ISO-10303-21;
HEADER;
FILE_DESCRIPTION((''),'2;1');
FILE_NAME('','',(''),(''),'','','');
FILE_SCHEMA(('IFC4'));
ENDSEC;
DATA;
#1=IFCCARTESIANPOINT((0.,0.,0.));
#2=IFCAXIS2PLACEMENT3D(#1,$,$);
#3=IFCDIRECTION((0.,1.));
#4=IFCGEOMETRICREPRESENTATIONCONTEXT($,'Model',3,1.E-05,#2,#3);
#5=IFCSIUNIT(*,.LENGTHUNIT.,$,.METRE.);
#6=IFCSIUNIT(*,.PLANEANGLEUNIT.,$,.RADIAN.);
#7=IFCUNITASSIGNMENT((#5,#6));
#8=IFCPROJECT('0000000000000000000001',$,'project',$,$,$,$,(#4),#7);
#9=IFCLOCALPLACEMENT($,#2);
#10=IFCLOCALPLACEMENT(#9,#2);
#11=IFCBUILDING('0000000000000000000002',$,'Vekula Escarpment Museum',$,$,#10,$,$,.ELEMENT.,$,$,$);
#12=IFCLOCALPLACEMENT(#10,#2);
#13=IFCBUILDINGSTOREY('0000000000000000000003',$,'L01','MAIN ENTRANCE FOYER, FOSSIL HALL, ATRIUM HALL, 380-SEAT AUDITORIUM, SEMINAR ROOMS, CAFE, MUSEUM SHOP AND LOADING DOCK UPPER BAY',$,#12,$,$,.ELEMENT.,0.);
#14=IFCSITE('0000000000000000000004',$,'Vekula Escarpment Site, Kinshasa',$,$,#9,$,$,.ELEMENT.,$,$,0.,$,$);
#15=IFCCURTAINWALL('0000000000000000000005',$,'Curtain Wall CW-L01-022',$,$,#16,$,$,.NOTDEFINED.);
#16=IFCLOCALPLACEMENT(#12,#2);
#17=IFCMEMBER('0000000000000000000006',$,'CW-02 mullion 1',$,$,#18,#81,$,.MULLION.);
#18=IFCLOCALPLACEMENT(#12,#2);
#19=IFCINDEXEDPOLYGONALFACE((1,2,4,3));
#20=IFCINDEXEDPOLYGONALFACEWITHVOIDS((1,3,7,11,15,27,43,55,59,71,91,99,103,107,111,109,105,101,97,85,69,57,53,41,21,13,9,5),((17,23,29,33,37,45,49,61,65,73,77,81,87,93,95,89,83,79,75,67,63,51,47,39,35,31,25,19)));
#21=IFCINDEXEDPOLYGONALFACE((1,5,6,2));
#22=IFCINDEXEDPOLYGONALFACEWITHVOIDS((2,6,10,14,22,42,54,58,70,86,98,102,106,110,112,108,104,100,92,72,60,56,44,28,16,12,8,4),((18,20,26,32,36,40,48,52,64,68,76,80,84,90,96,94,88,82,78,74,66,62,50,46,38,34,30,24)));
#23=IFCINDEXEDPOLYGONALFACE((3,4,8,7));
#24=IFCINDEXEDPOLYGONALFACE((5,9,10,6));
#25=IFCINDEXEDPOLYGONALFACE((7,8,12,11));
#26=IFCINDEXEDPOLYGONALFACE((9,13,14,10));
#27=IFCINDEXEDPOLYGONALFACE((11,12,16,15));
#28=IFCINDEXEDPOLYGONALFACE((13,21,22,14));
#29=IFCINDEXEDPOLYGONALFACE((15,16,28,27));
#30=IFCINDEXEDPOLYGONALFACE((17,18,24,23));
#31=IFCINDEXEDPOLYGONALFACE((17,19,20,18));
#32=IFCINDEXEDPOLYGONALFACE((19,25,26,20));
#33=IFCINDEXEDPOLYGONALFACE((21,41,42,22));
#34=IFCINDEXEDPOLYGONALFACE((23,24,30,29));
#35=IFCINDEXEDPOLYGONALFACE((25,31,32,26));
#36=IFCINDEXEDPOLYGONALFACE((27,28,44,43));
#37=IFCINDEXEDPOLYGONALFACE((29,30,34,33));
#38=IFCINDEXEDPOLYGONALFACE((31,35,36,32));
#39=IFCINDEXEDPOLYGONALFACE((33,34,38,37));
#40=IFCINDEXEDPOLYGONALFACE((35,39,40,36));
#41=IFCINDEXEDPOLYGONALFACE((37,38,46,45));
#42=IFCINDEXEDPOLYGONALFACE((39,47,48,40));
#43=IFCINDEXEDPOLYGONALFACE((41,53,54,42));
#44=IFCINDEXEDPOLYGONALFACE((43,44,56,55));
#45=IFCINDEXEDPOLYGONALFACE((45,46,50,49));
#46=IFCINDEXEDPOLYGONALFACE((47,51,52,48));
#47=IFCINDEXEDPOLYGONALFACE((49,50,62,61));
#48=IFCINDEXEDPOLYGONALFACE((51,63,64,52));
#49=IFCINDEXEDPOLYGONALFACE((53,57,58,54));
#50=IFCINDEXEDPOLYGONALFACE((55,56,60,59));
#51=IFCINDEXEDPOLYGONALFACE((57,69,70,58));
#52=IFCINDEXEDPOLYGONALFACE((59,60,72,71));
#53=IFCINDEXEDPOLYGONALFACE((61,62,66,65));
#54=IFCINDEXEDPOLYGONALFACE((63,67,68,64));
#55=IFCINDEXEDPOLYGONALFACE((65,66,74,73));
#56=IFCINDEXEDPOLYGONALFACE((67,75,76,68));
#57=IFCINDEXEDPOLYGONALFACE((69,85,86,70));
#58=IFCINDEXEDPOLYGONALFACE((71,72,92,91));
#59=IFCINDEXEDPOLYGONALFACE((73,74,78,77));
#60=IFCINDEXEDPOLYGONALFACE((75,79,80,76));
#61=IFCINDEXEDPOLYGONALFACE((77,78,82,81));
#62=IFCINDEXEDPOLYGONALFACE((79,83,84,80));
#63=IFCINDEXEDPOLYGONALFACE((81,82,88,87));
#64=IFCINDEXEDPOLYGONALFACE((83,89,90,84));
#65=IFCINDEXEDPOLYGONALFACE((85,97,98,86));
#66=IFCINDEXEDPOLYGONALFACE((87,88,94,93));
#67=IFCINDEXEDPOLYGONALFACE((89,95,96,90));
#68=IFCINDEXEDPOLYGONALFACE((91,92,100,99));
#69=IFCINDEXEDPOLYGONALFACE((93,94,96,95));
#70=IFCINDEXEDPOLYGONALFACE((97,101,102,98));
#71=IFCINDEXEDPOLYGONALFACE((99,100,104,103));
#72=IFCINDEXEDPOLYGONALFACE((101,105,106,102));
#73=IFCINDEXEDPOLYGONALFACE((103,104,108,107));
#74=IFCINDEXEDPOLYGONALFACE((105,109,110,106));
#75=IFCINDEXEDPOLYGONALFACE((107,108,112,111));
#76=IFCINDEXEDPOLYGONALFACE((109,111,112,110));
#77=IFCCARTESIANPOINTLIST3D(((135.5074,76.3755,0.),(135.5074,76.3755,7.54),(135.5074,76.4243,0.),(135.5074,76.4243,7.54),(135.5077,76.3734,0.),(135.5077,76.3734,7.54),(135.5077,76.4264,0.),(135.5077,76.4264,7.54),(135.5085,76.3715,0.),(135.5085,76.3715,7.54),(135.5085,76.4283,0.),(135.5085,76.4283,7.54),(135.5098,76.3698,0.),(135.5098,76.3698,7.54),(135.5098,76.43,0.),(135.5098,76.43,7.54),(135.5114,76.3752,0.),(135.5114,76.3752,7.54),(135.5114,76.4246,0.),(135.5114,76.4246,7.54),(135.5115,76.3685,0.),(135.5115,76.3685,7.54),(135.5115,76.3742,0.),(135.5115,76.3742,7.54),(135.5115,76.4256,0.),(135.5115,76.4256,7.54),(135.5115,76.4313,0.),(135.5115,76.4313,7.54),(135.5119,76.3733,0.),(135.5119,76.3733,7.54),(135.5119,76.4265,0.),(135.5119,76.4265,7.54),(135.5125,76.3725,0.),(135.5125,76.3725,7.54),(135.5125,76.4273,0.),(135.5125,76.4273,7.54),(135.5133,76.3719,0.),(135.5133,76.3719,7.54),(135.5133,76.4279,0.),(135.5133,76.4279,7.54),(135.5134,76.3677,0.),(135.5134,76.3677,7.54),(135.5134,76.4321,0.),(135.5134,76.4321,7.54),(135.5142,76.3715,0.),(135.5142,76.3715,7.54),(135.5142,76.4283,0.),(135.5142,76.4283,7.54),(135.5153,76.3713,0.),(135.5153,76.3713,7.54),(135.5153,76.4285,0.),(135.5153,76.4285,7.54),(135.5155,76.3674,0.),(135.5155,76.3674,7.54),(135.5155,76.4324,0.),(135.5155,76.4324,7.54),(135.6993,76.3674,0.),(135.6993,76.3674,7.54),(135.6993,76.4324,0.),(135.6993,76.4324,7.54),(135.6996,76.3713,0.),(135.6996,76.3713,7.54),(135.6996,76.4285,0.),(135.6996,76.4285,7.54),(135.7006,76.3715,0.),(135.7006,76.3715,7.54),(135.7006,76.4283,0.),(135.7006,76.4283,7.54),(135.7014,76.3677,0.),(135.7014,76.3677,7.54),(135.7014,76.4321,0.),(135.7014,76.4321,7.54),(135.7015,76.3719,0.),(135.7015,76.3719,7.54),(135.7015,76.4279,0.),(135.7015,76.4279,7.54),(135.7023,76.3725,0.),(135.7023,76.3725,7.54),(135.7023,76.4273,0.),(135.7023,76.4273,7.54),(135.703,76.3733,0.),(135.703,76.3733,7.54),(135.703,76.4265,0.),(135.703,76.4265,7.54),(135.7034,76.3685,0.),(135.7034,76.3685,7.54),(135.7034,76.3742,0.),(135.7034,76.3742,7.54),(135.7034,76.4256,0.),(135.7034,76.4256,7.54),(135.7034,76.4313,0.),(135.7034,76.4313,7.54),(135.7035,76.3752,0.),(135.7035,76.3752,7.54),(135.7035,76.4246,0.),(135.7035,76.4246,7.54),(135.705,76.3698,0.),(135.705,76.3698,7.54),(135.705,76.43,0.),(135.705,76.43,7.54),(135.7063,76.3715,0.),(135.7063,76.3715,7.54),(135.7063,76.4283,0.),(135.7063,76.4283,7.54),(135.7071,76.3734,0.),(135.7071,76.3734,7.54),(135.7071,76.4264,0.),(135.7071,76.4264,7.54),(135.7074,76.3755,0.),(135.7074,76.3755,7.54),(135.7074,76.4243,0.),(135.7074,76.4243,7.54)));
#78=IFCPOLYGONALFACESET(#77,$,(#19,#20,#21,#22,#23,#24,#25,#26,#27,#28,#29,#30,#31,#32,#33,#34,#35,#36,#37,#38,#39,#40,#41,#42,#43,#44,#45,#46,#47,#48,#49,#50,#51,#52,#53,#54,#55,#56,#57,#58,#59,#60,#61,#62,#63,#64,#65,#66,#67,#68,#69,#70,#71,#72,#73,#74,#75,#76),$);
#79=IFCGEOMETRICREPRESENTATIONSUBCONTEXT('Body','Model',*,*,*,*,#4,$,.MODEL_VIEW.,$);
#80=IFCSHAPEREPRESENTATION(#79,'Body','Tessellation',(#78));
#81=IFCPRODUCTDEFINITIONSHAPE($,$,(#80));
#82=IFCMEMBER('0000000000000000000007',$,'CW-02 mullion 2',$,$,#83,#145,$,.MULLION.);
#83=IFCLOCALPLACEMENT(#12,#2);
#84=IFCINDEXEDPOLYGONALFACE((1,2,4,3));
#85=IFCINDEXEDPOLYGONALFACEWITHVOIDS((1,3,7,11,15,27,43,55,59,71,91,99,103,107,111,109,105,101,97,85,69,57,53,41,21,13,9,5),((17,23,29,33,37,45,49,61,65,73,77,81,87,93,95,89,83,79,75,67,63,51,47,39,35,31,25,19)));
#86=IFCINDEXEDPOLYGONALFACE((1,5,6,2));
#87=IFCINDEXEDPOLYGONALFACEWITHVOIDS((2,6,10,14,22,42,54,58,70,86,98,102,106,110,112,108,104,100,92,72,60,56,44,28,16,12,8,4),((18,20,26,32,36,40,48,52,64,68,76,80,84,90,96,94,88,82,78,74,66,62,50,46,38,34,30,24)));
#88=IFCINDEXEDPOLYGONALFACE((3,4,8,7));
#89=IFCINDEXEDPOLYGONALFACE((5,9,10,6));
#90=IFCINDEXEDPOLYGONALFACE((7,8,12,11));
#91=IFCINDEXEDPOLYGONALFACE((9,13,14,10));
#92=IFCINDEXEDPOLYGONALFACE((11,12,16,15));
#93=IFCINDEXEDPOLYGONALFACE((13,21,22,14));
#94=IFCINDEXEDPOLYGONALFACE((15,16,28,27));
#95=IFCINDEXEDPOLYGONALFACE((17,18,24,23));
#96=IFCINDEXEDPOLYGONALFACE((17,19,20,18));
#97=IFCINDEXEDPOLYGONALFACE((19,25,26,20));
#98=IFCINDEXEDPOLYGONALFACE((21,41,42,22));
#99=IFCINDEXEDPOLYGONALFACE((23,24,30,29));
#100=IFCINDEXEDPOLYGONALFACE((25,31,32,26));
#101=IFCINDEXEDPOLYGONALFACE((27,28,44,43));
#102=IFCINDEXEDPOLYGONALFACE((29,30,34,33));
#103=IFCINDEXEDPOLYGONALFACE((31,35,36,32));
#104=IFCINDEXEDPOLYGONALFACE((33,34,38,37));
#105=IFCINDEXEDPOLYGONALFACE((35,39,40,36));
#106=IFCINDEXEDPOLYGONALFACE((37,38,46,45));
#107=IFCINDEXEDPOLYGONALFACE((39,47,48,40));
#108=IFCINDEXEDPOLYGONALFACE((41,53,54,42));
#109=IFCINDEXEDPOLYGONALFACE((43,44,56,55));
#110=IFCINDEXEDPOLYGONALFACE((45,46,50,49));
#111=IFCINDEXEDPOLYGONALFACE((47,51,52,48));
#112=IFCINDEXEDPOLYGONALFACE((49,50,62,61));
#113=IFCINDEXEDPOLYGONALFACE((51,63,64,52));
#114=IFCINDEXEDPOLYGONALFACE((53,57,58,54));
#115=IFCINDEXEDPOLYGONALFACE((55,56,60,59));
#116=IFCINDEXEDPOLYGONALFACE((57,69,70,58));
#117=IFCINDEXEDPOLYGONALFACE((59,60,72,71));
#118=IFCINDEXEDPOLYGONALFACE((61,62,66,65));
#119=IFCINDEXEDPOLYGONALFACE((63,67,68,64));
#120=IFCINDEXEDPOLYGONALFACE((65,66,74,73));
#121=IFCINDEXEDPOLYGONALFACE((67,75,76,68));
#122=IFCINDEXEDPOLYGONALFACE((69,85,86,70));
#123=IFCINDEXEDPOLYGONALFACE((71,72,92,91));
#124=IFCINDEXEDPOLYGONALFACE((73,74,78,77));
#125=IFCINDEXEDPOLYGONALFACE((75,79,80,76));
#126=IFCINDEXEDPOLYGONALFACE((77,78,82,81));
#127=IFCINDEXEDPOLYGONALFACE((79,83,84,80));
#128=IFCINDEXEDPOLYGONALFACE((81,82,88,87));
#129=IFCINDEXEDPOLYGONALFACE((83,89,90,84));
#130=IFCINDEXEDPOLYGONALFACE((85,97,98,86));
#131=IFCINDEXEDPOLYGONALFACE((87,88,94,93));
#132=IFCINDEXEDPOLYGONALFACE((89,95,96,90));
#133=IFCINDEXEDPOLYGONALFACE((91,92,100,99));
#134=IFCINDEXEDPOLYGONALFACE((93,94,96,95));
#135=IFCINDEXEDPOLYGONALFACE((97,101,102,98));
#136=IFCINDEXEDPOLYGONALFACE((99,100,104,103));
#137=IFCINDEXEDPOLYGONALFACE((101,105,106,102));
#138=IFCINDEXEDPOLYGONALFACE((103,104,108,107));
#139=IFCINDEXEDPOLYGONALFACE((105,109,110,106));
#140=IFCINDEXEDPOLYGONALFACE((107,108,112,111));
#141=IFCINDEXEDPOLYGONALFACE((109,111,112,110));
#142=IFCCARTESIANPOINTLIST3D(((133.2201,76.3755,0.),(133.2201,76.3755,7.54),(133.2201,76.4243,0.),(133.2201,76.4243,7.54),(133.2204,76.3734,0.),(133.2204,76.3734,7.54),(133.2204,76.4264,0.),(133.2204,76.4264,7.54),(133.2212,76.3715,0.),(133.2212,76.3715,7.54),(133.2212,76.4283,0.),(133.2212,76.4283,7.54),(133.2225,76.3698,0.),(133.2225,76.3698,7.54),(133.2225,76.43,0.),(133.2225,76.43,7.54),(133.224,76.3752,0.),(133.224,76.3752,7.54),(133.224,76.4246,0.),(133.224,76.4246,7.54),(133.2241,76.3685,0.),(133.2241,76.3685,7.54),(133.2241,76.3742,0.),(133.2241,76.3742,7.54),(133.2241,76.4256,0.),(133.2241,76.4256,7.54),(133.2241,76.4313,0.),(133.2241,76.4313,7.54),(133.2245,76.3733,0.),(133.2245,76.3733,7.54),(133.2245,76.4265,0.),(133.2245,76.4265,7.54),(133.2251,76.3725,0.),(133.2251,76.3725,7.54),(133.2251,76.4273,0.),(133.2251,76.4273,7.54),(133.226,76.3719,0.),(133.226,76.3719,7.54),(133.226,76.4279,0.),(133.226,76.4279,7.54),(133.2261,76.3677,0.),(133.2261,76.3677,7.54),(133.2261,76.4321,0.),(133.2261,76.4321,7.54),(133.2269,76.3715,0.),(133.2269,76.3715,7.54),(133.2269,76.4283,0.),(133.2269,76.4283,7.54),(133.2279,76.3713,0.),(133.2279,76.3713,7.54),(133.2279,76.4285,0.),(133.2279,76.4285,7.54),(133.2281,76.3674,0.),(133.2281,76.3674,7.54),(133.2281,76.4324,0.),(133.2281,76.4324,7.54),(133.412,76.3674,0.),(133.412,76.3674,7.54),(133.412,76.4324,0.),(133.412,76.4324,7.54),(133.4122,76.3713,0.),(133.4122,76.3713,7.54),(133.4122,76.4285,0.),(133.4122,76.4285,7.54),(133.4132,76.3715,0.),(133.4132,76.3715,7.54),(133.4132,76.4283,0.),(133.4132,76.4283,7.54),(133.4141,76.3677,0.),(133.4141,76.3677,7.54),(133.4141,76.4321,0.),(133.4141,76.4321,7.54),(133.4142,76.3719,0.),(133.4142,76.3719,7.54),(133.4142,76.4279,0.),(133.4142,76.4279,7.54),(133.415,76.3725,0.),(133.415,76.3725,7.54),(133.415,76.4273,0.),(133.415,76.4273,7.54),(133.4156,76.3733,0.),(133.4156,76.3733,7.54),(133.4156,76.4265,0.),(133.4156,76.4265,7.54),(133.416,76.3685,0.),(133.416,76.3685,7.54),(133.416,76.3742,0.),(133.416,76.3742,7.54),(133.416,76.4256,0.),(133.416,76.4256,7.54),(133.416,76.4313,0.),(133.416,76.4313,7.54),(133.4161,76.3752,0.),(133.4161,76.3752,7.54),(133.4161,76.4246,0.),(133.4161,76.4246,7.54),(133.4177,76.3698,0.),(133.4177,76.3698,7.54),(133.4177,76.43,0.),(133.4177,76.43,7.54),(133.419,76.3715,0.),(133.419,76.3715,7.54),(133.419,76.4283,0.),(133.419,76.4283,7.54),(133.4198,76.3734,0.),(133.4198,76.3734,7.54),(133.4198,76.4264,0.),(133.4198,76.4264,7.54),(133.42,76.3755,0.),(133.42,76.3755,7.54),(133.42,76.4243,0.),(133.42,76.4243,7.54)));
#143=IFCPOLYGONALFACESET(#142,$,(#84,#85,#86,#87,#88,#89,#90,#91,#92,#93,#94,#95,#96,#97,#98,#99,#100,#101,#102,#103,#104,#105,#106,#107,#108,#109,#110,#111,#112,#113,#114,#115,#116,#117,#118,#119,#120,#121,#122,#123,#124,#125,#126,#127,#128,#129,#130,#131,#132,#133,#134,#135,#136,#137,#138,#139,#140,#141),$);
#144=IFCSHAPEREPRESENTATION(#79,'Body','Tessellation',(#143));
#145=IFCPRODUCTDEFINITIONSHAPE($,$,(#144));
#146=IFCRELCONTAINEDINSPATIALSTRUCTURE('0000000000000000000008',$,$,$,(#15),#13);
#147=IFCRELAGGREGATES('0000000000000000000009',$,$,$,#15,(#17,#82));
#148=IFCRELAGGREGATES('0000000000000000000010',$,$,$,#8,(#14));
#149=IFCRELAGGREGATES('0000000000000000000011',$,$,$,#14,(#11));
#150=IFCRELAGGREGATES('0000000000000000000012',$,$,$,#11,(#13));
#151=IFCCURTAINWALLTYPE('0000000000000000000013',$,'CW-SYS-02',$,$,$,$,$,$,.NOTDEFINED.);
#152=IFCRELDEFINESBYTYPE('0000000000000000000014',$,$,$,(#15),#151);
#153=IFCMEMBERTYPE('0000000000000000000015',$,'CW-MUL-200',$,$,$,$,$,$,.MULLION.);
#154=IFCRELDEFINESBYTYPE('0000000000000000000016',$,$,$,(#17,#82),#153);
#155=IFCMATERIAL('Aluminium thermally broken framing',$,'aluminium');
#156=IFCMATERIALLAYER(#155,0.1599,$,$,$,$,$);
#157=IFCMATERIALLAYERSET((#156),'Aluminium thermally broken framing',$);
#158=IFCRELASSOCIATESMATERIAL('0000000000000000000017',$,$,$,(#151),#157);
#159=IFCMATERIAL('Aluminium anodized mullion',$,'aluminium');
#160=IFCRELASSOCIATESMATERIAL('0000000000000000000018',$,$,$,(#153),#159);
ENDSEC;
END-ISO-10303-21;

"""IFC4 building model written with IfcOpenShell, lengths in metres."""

from ifc_helpers import new_model, si_unit, direction, frame, origin, origin_2d, place, context, subcontext, project, spatial, hollow_rectangle, extrude, material, layer, layer_set, material_profile, profile_set, type_object, element, aggregate, save


model = new_model("IFC4")

# Units and contexts
model_context = context("Model", 3, precision=1e-05, world=origin(), true_north=direction((0.0, 1.0)))
body_context = subcontext(model_context, "Body", "Model", "MODEL_VIEW")
ifc_project = project(units=[si_unit("LENGTHUNIT", "METRE"), si_unit("PLANEANGLEUNIT", "RADIAN")], contexts=[model_context])

# Site, building, storey
site_placement = place(None, origin())
site = spatial("IfcSite", under=ifc_project, at=site_placement, Name="Vekula Escarpment Site, Kinshasa", CompositionType="ELEMENT", RefElevation=0.0)
building_placement = place(site_placement, origin())
building = spatial("IfcBuilding", under=site, at=building_placement, Name="Vekula Escarpment Museum", CompositionType="ELEMENT")
storey_placement = place(building_placement, origin())
storey = spatial("IfcBuildingStorey", under=building, at=storey_placement, Name="L01", Description="MAIN ENTRANCE FOYER, FOSSIL HALL, ATRIUM HALL, 380-SEAT AUDITORIUM, SEMINAR ROOMS, CAFE, MUSEUM SHOP AND LOADING DOCK UPPER BAY", CompositionType="ELEMENT", Elevation=0.0)

# Curtain wall, members
ifc_material_1 = material(Name="Aluminium thermally broken framing", Category="aluminium")
ifc_layer_1 = layer(ifc_material_1, 0.1599)
ifc_layer_set_1 = layer_set([ifc_layer_1], Name="Aluminium thermally broken framing")
curtain_wall_type_1 = type_object("IfcCurtainWallType", Name="CW-SYS-02", PredefinedType="NOTDEFINED", material=ifc_layer_set_1)
curtain_wall_1_placement = place(storey_placement, origin())
curtain_wall_1 = element("IfcCurtainWall", 1, at=curtain_wall_1_placement, inside=storey, type_object=curtain_wall_type_1, Name="Curtain Wall CW-L01-022", PredefinedType="NOTDEFINED")
ifc_material_2 = material(Name="Aluminium anodized mullion", Category="aluminium")
ifc_material_profile_1 = material_profile(ifc_material_2, hollow_rectangle(XDim=0.0649, YDim=0.2, WallThickness=0.0039, InnerFilletRadius=0.0039, OuterFilletRadius=0.0081, at=origin_2d()), Name="ALU 200x65x4")
ifc_profile_set_1 = profile_set([ifc_material_profile_1], Name="Aluminium anodized mullion")
member_type_1 = type_object("IfcMemberType", Name="CW-MUL-200", PredefinedType="MULLION", material=ifc_profile_set_1)
member_1_placement = place(storey_placement, frame((135.6074, 76.3999, 0.0), z_axis=(0.0, 0.0, 1.0), x_axis=(0.0, -1.0, 0.0)))
member_1 = element("IfcMember", 2, at=member_1_placement, type_object=member_type_1, Name="CW-02 mullion 1", PredefinedType="MULLION", context=body_context, shape_type="SweptSolid", body=[
    extrude(hollow_rectangle(XDim=0.0649, YDim=0.2, WallThickness=0.0039, InnerFilletRadius=0.0039, OuterFilletRadius=0.0081, at=origin_2d()), origin(), (0.0, 0.0, 1.0), 7.54),
])
member_2_placement = place(storey_placement, frame((133.3201, 76.3999, 0.0), z_axis=(0.0, 0.0, 1.0), x_axis=(0.0, -1.0, 0.0)))
member_2 = element("IfcMember", 3, at=member_2_placement, type_object=member_type_1, Name="CW-02 mullion 2", PredefinedType="MULLION", context=body_context, shape_type="SweptSolid", body=[
    extrude(hollow_rectangle(XDim=0.0649, YDim=0.2, WallThickness=0.0039, InnerFilletRadius=0.0039, OuterFilletRadius=0.0081, at=origin_2d()), origin(), (0.0, 0.0, 1.0), 7.54),
])

aggregate(curtain_wall_1, [member_1, member_2])

save(model, "model.ifc")
